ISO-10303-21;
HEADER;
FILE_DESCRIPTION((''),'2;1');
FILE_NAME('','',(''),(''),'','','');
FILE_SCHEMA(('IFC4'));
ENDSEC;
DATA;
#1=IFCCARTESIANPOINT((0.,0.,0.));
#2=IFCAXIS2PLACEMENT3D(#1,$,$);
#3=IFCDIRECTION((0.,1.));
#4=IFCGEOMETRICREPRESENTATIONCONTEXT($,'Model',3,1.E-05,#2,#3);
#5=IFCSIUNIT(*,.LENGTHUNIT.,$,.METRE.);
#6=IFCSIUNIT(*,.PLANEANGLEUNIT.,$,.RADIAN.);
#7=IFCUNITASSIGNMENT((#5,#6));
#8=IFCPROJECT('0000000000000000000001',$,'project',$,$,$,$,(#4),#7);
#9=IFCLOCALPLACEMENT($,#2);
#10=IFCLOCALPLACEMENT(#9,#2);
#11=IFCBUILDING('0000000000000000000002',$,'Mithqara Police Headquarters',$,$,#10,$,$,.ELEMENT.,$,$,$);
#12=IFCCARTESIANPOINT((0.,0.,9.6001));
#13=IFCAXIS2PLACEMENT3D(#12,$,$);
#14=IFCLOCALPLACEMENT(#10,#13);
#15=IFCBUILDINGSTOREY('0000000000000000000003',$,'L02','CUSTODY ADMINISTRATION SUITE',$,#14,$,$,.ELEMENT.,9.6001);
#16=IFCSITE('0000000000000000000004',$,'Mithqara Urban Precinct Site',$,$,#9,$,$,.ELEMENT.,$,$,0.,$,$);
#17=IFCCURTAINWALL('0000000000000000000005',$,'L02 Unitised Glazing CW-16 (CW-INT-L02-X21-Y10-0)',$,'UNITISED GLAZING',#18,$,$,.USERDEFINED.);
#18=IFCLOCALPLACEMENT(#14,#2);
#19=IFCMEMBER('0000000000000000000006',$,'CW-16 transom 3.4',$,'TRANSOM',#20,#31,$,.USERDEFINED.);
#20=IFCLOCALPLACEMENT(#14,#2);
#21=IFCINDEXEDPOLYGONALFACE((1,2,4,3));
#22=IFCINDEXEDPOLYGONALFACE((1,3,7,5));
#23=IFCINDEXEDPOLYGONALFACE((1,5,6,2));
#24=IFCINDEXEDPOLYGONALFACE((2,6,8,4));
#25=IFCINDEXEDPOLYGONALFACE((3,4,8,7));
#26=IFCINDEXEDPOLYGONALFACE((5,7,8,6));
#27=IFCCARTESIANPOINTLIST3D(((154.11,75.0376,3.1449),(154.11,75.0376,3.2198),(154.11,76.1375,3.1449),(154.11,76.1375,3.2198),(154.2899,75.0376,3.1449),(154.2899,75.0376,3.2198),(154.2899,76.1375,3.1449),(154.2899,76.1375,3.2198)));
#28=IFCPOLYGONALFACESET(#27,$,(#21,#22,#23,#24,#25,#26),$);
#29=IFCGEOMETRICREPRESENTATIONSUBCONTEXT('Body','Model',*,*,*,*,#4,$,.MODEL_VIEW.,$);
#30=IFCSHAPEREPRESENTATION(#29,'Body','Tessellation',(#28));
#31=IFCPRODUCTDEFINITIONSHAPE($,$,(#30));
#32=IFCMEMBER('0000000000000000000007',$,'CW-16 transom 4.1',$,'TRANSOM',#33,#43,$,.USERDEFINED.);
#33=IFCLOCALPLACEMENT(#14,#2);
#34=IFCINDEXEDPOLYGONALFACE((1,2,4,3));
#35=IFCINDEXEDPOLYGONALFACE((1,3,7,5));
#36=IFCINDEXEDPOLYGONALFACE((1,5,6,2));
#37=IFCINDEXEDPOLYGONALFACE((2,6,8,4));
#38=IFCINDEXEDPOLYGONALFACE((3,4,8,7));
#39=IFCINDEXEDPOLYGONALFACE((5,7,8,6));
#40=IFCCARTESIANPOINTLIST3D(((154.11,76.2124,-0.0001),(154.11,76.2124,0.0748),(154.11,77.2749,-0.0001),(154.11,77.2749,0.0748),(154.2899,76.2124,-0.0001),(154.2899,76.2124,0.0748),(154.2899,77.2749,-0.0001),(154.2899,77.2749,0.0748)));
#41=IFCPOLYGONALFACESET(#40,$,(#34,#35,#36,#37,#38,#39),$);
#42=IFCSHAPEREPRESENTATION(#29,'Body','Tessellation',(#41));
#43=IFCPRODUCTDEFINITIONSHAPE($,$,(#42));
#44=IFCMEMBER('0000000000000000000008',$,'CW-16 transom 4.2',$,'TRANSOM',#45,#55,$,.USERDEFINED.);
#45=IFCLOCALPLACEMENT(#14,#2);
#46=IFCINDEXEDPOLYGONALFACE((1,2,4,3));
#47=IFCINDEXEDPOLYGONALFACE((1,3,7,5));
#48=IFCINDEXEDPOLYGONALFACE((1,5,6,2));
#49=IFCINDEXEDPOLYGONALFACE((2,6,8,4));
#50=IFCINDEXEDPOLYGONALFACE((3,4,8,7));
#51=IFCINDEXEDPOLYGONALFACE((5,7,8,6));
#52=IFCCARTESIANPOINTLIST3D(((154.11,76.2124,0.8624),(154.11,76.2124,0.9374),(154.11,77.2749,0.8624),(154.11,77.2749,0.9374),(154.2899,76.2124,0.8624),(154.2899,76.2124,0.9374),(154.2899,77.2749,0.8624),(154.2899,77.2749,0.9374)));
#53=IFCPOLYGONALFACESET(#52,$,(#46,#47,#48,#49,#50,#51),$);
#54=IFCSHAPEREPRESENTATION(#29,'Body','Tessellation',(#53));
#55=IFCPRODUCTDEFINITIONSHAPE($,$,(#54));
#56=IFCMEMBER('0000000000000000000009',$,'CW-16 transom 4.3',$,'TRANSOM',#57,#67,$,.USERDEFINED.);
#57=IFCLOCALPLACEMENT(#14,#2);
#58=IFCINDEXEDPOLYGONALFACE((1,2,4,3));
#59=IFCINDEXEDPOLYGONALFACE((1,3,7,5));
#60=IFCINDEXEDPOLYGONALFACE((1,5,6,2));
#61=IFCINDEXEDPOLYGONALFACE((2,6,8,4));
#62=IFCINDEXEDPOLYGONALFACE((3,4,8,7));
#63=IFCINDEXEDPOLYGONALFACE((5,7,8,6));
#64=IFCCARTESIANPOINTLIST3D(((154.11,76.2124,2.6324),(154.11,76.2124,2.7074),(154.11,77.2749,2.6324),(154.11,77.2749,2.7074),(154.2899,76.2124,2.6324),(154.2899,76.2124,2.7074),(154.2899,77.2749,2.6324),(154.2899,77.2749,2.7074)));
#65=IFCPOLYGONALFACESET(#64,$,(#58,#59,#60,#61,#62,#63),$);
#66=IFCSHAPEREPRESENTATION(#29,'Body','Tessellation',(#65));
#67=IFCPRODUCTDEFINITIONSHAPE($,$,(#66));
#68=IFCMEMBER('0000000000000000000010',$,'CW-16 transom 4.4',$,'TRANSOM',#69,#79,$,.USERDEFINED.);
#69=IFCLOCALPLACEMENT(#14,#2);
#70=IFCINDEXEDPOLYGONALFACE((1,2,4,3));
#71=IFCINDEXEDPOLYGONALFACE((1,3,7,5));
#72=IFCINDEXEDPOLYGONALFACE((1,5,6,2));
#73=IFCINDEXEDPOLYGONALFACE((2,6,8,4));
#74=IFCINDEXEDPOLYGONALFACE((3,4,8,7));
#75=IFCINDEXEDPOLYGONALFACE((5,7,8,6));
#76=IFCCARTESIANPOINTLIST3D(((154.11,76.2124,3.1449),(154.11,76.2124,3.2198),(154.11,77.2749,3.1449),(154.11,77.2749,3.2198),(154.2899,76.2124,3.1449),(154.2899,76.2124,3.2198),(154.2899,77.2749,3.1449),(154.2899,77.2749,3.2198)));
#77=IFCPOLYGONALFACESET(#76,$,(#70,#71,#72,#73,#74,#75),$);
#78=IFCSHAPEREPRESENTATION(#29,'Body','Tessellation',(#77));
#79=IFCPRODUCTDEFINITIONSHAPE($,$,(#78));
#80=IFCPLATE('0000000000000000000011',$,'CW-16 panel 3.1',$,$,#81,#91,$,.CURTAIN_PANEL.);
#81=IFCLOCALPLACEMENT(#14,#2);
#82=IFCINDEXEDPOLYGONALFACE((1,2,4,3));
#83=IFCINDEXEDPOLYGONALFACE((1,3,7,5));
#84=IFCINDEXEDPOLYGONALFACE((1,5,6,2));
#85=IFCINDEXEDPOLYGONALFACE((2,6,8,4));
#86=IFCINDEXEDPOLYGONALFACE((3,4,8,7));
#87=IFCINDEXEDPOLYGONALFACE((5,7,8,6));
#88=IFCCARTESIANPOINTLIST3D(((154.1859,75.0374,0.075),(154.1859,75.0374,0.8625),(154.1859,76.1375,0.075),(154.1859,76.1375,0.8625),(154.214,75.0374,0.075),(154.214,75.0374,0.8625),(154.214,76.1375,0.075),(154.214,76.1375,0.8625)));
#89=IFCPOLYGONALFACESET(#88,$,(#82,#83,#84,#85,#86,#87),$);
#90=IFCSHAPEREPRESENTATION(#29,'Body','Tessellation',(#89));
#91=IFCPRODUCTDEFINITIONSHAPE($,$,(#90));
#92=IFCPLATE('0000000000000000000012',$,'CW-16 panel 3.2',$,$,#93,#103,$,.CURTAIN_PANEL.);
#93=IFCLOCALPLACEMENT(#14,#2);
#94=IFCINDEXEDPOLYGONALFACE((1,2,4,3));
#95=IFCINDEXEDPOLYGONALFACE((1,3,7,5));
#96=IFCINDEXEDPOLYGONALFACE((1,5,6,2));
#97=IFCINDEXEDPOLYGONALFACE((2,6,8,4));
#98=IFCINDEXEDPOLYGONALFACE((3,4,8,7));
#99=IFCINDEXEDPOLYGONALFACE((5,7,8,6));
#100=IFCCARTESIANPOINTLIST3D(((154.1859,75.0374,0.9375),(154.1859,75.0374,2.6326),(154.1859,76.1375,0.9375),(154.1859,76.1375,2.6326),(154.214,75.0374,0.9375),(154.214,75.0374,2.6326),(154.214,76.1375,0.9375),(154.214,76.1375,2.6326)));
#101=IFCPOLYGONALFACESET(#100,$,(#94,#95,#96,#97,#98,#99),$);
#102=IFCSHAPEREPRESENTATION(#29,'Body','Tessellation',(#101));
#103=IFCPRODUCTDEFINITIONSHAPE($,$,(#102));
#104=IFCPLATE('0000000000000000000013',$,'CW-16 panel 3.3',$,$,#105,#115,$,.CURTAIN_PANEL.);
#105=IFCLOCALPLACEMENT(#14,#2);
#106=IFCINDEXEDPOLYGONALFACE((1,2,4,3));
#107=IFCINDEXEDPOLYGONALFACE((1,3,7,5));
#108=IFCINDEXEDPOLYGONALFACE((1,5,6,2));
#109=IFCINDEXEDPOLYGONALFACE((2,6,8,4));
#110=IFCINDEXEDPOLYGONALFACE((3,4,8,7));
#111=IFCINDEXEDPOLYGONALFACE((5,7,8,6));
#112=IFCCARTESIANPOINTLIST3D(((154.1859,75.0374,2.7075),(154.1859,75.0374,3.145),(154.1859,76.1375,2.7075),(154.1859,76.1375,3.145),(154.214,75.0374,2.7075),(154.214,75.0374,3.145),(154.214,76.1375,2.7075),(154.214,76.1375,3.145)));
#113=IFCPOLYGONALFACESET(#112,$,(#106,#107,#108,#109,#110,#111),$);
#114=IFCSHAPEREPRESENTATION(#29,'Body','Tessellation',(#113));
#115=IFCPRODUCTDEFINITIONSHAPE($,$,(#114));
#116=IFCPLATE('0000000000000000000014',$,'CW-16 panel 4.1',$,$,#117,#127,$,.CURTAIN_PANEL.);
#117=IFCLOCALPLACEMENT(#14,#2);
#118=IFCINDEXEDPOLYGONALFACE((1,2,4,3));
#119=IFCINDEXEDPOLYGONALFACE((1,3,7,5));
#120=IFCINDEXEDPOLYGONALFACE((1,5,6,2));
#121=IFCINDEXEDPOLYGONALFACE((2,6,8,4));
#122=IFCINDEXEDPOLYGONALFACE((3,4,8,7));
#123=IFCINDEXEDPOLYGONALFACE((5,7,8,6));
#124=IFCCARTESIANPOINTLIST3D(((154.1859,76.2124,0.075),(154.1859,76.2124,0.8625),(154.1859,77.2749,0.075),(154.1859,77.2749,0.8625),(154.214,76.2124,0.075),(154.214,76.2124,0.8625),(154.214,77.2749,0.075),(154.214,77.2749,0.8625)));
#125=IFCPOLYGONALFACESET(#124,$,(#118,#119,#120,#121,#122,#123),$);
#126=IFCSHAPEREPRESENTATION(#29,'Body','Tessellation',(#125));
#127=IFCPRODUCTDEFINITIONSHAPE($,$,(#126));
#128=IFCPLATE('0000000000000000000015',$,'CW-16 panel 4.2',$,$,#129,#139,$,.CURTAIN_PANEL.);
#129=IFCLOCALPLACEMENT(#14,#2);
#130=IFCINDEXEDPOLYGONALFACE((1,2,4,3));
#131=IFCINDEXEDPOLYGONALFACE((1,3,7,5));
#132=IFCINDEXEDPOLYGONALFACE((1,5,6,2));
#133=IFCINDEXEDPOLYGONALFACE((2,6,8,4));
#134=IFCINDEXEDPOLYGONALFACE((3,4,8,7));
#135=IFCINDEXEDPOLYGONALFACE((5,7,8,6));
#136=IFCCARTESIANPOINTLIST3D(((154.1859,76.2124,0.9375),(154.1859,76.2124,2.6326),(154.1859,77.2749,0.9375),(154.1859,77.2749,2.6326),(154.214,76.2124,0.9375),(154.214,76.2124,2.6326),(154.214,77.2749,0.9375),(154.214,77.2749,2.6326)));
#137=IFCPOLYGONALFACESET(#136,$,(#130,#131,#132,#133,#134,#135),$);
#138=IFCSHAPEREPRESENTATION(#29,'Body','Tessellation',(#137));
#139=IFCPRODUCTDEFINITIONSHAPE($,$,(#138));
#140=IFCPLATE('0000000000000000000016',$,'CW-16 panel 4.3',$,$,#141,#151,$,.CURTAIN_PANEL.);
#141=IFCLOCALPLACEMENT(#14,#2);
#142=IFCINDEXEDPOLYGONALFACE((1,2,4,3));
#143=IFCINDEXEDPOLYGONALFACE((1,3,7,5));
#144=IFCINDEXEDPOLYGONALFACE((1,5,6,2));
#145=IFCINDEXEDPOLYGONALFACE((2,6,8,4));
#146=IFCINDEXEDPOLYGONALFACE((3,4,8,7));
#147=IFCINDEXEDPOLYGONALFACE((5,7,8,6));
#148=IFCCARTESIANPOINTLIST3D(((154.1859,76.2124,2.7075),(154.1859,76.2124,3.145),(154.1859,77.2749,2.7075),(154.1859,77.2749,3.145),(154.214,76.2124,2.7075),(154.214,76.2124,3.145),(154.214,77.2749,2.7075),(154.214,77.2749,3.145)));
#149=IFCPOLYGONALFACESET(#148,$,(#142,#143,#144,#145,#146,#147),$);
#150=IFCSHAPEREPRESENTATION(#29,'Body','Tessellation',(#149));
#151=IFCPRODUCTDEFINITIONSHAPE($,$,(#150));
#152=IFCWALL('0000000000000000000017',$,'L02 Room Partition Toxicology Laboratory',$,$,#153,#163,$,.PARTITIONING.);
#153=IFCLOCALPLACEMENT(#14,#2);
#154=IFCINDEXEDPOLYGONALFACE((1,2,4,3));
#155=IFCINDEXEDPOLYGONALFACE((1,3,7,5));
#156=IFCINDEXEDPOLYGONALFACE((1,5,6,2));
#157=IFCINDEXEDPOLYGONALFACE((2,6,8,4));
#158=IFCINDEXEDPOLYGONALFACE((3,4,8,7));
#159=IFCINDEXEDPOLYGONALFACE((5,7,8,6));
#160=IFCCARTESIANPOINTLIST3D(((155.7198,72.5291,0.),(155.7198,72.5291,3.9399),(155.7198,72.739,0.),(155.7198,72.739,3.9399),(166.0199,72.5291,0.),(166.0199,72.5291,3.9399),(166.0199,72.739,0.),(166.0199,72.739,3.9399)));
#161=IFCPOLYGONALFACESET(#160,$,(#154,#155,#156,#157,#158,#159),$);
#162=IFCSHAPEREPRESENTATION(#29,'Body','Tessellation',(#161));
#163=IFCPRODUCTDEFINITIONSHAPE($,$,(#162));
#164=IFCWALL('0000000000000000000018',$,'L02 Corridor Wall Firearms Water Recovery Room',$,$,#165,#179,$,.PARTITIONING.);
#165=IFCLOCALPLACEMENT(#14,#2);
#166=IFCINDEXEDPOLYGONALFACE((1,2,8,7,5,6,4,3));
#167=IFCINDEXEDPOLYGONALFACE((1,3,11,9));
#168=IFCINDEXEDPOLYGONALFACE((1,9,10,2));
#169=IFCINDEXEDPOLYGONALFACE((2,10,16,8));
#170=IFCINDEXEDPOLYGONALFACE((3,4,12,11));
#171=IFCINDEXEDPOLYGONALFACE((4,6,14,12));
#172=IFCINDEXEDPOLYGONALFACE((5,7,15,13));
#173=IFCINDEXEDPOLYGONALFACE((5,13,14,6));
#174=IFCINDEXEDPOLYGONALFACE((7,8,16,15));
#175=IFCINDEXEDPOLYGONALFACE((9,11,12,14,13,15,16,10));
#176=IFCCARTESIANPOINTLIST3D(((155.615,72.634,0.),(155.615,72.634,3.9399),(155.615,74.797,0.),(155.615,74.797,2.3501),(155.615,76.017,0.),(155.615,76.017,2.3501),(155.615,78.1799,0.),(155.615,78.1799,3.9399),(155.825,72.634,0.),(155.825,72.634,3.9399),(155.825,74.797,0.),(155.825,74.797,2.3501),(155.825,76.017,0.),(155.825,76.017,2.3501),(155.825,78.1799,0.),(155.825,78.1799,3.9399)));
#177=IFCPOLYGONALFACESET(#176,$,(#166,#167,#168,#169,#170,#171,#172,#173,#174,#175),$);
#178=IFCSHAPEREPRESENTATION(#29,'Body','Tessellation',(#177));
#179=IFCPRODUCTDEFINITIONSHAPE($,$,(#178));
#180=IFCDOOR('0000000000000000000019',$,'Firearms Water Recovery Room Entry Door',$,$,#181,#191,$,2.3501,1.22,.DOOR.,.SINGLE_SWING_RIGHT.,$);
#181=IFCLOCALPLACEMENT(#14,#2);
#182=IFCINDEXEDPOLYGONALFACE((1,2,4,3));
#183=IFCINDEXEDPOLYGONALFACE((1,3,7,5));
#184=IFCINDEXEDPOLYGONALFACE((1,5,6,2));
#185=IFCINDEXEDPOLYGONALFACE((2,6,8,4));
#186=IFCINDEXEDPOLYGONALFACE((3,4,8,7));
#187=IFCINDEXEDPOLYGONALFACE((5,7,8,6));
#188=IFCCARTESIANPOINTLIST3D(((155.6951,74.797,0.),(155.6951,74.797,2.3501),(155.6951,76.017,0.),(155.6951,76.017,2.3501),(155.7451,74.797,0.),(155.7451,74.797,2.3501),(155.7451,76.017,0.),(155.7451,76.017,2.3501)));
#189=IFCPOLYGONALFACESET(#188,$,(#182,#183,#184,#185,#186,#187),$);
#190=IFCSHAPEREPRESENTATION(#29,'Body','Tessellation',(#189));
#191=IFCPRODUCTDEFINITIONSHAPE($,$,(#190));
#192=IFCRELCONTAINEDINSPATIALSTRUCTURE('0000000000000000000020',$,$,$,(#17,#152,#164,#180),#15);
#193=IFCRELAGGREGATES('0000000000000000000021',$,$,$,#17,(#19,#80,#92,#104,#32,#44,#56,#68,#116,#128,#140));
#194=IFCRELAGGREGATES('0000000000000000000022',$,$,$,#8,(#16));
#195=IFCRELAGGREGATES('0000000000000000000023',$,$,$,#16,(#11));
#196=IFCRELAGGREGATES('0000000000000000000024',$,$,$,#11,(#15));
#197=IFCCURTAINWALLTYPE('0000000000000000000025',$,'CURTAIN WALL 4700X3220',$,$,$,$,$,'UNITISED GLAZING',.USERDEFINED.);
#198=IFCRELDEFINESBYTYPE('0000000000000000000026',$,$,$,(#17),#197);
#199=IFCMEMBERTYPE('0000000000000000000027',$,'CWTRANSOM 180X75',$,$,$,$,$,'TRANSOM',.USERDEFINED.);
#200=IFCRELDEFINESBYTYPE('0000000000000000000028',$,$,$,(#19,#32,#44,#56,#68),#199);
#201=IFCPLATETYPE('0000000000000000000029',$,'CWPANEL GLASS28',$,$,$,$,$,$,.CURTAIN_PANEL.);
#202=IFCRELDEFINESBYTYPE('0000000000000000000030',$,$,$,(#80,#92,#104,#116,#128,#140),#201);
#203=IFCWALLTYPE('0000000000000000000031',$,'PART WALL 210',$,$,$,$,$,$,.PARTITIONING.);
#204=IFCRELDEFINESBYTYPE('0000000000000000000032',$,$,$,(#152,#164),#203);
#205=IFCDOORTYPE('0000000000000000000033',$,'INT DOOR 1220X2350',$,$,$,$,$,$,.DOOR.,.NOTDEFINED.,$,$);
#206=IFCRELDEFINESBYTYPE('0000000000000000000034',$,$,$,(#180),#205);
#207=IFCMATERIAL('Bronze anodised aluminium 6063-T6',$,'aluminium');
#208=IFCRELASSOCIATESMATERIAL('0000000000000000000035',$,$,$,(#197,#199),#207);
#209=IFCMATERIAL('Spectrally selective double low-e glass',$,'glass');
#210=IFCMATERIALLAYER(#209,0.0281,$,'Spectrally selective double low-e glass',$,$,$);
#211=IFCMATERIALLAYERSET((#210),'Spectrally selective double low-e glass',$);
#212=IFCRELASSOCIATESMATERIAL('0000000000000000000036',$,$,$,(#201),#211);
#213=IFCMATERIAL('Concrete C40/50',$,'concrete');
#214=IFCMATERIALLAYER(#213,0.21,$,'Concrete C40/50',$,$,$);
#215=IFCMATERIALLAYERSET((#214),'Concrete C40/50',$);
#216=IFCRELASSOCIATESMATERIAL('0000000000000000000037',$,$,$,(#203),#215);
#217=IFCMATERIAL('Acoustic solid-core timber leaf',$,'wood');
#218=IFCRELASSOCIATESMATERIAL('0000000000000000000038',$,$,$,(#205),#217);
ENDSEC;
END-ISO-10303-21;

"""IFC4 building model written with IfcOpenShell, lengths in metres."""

from ifc_helpers import new_model, si_unit, direction, frame, frame_2d, origin, origin_2d, place, context, subcontext, project, spatial, rectangle, extrude, material, layer, layer_set, material_profile, profile_set, type_object, element, fill, aggregate, save


model = new_model("IFC4")

# Units and contexts
model_context = context("Model", 3, precision=1e-05, world=origin(), true_north=direction((0.0, 1.0)))
body_context = subcontext(model_context, "Body", "Model", "MODEL_VIEW")
ifc_project = project(units=[si_unit("LENGTHUNIT", "METRE"), si_unit("PLANEANGLEUNIT", "RADIAN")], contexts=[model_context])

# Site, building, storey
site_placement = place(None, origin())
site = spatial("IfcSite", under=ifc_project, at=site_placement, Name="Mithqara Urban Precinct Site", CompositionType="ELEMENT", RefElevation=0.0)
building_placement = place(site_placement, origin())
building = spatial("IfcBuilding", under=site, at=building_placement, Name="Mithqara Police Headquarters", CompositionType="ELEMENT")
storey_placement = place(building_placement, frame((0.0, 0.0, 9.6001)))
storey = spatial("IfcBuildingStorey", under=building, at=storey_placement, Name="L02", Description="CUSTODY ADMINISTRATION SUITE", CompositionType="ELEMENT", Elevation=9.6001)

# Shared definitions
ifc_material_1 = material(Name="Concrete C40/50", Category="concrete")

# Curtain wall, members, plates
ifc_material_2 = material(Name="Bronze anodised aluminium 6063-T6", Category="aluminium")
curtain_wall_type = type_object("IfcCurtainWallType", Name="CURTAIN WALL 4700X3220", ElementType="UNITISED GLAZING", PredefinedType="USERDEFINED", material=ifc_material_2)
curtain_wall_placement = place(storey_placement, origin())
curtain_wall = element("IfcCurtainWall", 1, at=curtain_wall_placement, inside=storey, type_object=curtain_wall_type, Name="L02 Unitised Glazing CW-16 (CW-INT-L02-X21-Y10-0)", ObjectType="UNITISED GLAZING", PredefinedType="USERDEFINED")
ifc_material_profile_1 = material_profile(ifc_material_2, rectangle(XDim=0.1799, YDim=0.075, at=origin_2d()), Name="CWT 180x75")
ifc_profile_set_1 = profile_set([ifc_material_profile_1], Name="Bronze anodised aluminium 6063-T6")
member_type_1 = type_object("IfcMemberType", Name="CWTRANSOM 180X75", ElementType="TRANSOM", PredefinedType="USERDEFINED", material=ifc_profile_set_1)
member_1_placement = place(storey_placement, frame((154.2, 75.0376, 3.1824), z_axis=(0.0, 1.0, 0.0), x_axis=(-1.0, 0.0, 0.0)))
member_1 = element("IfcMember", 2, at=member_1_placement, type_object=member_type_1, Name="CW-16 transom 3.4", ObjectType="TRANSOM", PredefinedType="USERDEFINED", context=body_context, shape_type="SweptSolid", body=[
    extrude(rectangle(XDim=0.1799, YDim=0.075, at=origin_2d()), origin(), (0.0, 0.0, 1.0), 1.0999),
])
member_2_placement = place(storey_placement, frame((154.2, 76.2124, 0.0374), z_axis=(0.0, 1.0, 0.0), x_axis=(-1.0, 0.0, 0.0)))
member_2 = element("IfcMember", 3, at=member_2_placement, type_object=member_type_1, Name="CW-16 transom 4.1", ObjectType="TRANSOM", PredefinedType="USERDEFINED", context=body_context, shape_type="SweptSolid", body=[
    extrude(rectangle(XDim=0.1799, YDim=0.075, at=origin_2d()), origin(), (0.0, 0.0, 1.0), 1.0625),
])
member_3_placement = place(storey_placement, frame((154.2, 76.2124, 0.8999), z_axis=(0.0, 1.0, 0.0), x_axis=(-1.0, 0.0, 0.0)))
member_3 = element("IfcMember", 4, at=member_3_placement, type_object=member_type_1, Name="CW-16 transom 4.2", ObjectType="TRANSOM", PredefinedType="USERDEFINED", context=body_context, shape_type="SweptSolid", body=[
    extrude(rectangle(XDim=0.1799, YDim=0.075, at=origin_2d()), origin(), (0.0, 0.0, 1.0), 1.0625),
])
member_4_placement = place(storey_placement, frame((154.2, 76.2124, 2.6699), z_axis=(0.0, 1.0, 0.0), x_axis=(-1.0, 0.0, 0.0)))
member_4 = element("IfcMember", 5, at=member_4_placement, type_object=member_type_1, Name="CW-16 transom 4.3", ObjectType="TRANSOM", PredefinedType="USERDEFINED", context=body_context, shape_type="SweptSolid", body=[
    extrude(rectangle(XDim=0.1799, YDim=0.075, at=origin_2d()), origin(), (0.0, 0.0, 1.0), 1.0625),
])
member_5_placement = place(storey_placement, frame((154.2, 76.2124, 3.1824), z_axis=(0.0, 1.0, 0.0), x_axis=(-1.0, 0.0, 0.0)))
member_5 = element("IfcMember", 6, at=member_5_placement, type_object=member_type_1, Name="CW-16 transom 4.4", ObjectType="TRANSOM", PredefinedType="USERDEFINED", context=body_context, shape_type="SweptSolid", body=[
    extrude(rectangle(XDim=0.1799, YDim=0.075, at=origin_2d()), origin(), (0.0, 0.0, 1.0), 1.0625),
])
ifc_material_3 = material(Name="Spectrally selective double low-e glass", Category="glass")
ifc_layer_1 = layer(ifc_material_3, 0.0281, Name="Spectrally selective double low-e glass")
ifc_layer_set_1 = layer_set([ifc_layer_1], Name="Spectrally selective double low-e glass")
plate_type = type_object("IfcPlateType", Name="CWPANEL GLASS28", PredefinedType="CURTAIN_PANEL", material=ifc_layer_set_1)
plate_1_placement = place(storey_placement, frame((154.2, 75.5874, 0.075), z_axis=(0.0, 0.0, 1.0), x_axis=(0.0, 1.0, 0.0)))
plate_1 = element("IfcPlate", 7, at=plate_1_placement, type_object=plate_type, Name="CW-16 panel 3.1", PredefinedType="CURTAIN_PANEL", context=body_context, shape_type="SweptSolid", body=[
    extrude(rectangle(XDim=1.1001, YDim=0.0281, at=origin_2d()), origin(), (0.0, 0.0, 1.0), 0.7876),
])
plate_2_placement = place(storey_placement, frame((154.2, 75.5874, 0.9375), z_axis=(0.0, 0.0, 1.0), x_axis=(0.0, 1.0, 0.0)))
plate_2 = element("IfcPlate", 8, at=plate_2_placement, type_object=plate_type, Name="CW-16 panel 3.2", PredefinedType="CURTAIN_PANEL", context=body_context, shape_type="SweptSolid", body=[
    extrude(rectangle(XDim=1.1001, YDim=0.0281, at=origin_2d()), origin(), (0.0, 0.0, 1.0), 1.6951),
])
plate_3_placement = place(storey_placement, frame((154.2, 75.5874, 2.7075), z_axis=(0.0, 0.0, 1.0), x_axis=(0.0, 1.0, 0.0)))
plate_3 = element("IfcPlate", 9, at=plate_3_placement, type_object=plate_type, Name="CW-16 panel 3.3", PredefinedType="CURTAIN_PANEL", context=body_context, shape_type="SweptSolid", body=[
    extrude(rectangle(XDim=1.1001, YDim=0.0281, at=origin_2d()), origin(), (0.0, 0.0, 1.0), 0.4375),
])
plate_4_placement = place(storey_placement, frame((154.2, 76.7437, 0.075), z_axis=(0.0, 0.0, 1.0), x_axis=(0.0, 1.0, 0.0)))
plate_4 = element("IfcPlate", 10, at=plate_4_placement, type_object=plate_type, Name="CW-16 panel 4.1", PredefinedType="CURTAIN_PANEL", context=body_context, shape_type="SweptSolid", body=[
    extrude(rectangle(XDim=1.0625, YDim=0.0281, at=origin_2d()), origin(), (0.0, 0.0, 1.0), 0.7876),
])
plate_5_placement = place(storey_placement, frame((154.2, 76.7437, 0.9375), z_axis=(0.0, 0.0, 1.0), x_axis=(0.0, 1.0, 0.0)))
plate_5 = element("IfcPlate", 11, at=plate_5_placement, type_object=plate_type, Name="CW-16 panel 4.2", PredefinedType="CURTAIN_PANEL", context=body_context, shape_type="SweptSolid", body=[
    extrude(rectangle(XDim=1.0625, YDim=0.0281, at=origin_2d()), origin(), (0.0, 0.0, 1.0), 1.6951),
])
plate_6_placement = place(storey_placement, frame((154.2, 76.7437, 2.7075), z_axis=(0.0, 0.0, 1.0), x_axis=(0.0, 1.0, 0.0)))
plate_6 = element("IfcPlate", 12, at=plate_6_placement, type_object=plate_type, Name="CW-16 panel 4.3", PredefinedType="CURTAIN_PANEL", context=body_context, shape_type="SweptSolid", body=[
    extrude(rectangle(XDim=1.0625, YDim=0.0281, at=origin_2d()), origin(), (0.0, 0.0, 1.0), 0.4375),
])
aggregate(curtain_wall, [member_1, plate_1, plate_2, plate_3, member_2, member_3, member_4, member_5, plate_4, plate_5, plate_6])

# Wall
ifc_layer_2 = layer(ifc_material_1, 0.21, Name="Concrete C40/50")
ifc_layer_set_2 = layer_set([ifc_layer_2], Name="Concrete C40/50")
wall_type = type_object("IfcWallType", Name="PART WALL 210", PredefinedType="PARTITIONING", material=ifc_layer_set_2)
wall_1_placement = place(storey_placement, frame((155.72, 72.634, 0.0), z_axis=(0.0, 0.0, 1.0), x_axis=(1.0, 0.0, 0.0)))
element("IfcWall", 13, at=wall_1_placement, inside=storey, type_object=wall_type, Name="L02 Room Partition Toxicology Laboratory", PredefinedType="PARTITIONING", context=body_context, shape_type="SweptSolid", body=[
    extrude(rectangle(XDim=10.3, YDim=0.21, at=frame_2d((5.1499, 0.0))), origin(), (0.0, 0.0, 1.0), 3.9399),
])

# Wall, opening, door
wall_2_placement = place(storey_placement, frame((155.72, 72.634, 0.0), z_axis=(0.0, 0.0, 1.0), x_axis=(0.0, 1.0, 0.0)))
wall_2 = element("IfcWall", 14, at=wall_2_placement, inside=storey, type_object=wall_type, Name="L02 Corridor Wall Firearms Water Recovery Room", PredefinedType="PARTITIONING", context=body_context, shape_type="SweptSolid", body=[
    extrude(rectangle(XDim=5.5459, YDim=0.21, at=frame_2d((2.7729, 0.0))), origin(), (0.0, 0.0, 1.0), 3.9399),
])
opening_placement = place(wall_2_placement, frame((2.1631, 0.0, 0.0)))
opening = element("IfcOpeningElement", 15, at=opening_placement, cuts=wall_2, PredefinedType="OPENING", context=body_context, shape_type="SweptSolid", body=[
    extrude(rectangle(XDim=1.22, YDim=2.3501, at=frame_2d((0.6099, 1.175))), frame((0.0, 0.115, 0.0), z_axis=(0.0, -1.0, 0.0), x_axis=(1.0, 0.0, 0.0)), (0.0, 0.0, 1.0), 0.23),
])
ifc_material_4 = material(Name="Acoustic solid-core timber leaf", Category="wood")
door_type = type_object("IfcDoorType", Name="INT DOOR 1220X2350", OperationType="NOTDEFINED", PredefinedType="DOOR", material=ifc_material_4)
door_placement = place(opening_placement, origin())
door = element("IfcDoor", 16, at=door_placement, inside=storey, type_object=door_type, Name="Firearms Water Recovery Room Entry Door", OperationType="SINGLE_SWING_RIGHT", OverallHeight=2.3501, OverallWidth=1.22, PredefinedType="DOOR", context=body_context, shape_type="SweptSolid", body=[
    extrude(rectangle(XDim=1.22, YDim=2.3501, at=frame_2d((0.6099, 1.175))), frame((0.0, 0.0249, 0.0), z_axis=(0.0, -1.0, 0.0), x_axis=(1.0, 0.0, 0.0)), (0.0, 0.0, 1.0), 0.05),
])
fill(opening, door)

save(model, "model.ifc")
